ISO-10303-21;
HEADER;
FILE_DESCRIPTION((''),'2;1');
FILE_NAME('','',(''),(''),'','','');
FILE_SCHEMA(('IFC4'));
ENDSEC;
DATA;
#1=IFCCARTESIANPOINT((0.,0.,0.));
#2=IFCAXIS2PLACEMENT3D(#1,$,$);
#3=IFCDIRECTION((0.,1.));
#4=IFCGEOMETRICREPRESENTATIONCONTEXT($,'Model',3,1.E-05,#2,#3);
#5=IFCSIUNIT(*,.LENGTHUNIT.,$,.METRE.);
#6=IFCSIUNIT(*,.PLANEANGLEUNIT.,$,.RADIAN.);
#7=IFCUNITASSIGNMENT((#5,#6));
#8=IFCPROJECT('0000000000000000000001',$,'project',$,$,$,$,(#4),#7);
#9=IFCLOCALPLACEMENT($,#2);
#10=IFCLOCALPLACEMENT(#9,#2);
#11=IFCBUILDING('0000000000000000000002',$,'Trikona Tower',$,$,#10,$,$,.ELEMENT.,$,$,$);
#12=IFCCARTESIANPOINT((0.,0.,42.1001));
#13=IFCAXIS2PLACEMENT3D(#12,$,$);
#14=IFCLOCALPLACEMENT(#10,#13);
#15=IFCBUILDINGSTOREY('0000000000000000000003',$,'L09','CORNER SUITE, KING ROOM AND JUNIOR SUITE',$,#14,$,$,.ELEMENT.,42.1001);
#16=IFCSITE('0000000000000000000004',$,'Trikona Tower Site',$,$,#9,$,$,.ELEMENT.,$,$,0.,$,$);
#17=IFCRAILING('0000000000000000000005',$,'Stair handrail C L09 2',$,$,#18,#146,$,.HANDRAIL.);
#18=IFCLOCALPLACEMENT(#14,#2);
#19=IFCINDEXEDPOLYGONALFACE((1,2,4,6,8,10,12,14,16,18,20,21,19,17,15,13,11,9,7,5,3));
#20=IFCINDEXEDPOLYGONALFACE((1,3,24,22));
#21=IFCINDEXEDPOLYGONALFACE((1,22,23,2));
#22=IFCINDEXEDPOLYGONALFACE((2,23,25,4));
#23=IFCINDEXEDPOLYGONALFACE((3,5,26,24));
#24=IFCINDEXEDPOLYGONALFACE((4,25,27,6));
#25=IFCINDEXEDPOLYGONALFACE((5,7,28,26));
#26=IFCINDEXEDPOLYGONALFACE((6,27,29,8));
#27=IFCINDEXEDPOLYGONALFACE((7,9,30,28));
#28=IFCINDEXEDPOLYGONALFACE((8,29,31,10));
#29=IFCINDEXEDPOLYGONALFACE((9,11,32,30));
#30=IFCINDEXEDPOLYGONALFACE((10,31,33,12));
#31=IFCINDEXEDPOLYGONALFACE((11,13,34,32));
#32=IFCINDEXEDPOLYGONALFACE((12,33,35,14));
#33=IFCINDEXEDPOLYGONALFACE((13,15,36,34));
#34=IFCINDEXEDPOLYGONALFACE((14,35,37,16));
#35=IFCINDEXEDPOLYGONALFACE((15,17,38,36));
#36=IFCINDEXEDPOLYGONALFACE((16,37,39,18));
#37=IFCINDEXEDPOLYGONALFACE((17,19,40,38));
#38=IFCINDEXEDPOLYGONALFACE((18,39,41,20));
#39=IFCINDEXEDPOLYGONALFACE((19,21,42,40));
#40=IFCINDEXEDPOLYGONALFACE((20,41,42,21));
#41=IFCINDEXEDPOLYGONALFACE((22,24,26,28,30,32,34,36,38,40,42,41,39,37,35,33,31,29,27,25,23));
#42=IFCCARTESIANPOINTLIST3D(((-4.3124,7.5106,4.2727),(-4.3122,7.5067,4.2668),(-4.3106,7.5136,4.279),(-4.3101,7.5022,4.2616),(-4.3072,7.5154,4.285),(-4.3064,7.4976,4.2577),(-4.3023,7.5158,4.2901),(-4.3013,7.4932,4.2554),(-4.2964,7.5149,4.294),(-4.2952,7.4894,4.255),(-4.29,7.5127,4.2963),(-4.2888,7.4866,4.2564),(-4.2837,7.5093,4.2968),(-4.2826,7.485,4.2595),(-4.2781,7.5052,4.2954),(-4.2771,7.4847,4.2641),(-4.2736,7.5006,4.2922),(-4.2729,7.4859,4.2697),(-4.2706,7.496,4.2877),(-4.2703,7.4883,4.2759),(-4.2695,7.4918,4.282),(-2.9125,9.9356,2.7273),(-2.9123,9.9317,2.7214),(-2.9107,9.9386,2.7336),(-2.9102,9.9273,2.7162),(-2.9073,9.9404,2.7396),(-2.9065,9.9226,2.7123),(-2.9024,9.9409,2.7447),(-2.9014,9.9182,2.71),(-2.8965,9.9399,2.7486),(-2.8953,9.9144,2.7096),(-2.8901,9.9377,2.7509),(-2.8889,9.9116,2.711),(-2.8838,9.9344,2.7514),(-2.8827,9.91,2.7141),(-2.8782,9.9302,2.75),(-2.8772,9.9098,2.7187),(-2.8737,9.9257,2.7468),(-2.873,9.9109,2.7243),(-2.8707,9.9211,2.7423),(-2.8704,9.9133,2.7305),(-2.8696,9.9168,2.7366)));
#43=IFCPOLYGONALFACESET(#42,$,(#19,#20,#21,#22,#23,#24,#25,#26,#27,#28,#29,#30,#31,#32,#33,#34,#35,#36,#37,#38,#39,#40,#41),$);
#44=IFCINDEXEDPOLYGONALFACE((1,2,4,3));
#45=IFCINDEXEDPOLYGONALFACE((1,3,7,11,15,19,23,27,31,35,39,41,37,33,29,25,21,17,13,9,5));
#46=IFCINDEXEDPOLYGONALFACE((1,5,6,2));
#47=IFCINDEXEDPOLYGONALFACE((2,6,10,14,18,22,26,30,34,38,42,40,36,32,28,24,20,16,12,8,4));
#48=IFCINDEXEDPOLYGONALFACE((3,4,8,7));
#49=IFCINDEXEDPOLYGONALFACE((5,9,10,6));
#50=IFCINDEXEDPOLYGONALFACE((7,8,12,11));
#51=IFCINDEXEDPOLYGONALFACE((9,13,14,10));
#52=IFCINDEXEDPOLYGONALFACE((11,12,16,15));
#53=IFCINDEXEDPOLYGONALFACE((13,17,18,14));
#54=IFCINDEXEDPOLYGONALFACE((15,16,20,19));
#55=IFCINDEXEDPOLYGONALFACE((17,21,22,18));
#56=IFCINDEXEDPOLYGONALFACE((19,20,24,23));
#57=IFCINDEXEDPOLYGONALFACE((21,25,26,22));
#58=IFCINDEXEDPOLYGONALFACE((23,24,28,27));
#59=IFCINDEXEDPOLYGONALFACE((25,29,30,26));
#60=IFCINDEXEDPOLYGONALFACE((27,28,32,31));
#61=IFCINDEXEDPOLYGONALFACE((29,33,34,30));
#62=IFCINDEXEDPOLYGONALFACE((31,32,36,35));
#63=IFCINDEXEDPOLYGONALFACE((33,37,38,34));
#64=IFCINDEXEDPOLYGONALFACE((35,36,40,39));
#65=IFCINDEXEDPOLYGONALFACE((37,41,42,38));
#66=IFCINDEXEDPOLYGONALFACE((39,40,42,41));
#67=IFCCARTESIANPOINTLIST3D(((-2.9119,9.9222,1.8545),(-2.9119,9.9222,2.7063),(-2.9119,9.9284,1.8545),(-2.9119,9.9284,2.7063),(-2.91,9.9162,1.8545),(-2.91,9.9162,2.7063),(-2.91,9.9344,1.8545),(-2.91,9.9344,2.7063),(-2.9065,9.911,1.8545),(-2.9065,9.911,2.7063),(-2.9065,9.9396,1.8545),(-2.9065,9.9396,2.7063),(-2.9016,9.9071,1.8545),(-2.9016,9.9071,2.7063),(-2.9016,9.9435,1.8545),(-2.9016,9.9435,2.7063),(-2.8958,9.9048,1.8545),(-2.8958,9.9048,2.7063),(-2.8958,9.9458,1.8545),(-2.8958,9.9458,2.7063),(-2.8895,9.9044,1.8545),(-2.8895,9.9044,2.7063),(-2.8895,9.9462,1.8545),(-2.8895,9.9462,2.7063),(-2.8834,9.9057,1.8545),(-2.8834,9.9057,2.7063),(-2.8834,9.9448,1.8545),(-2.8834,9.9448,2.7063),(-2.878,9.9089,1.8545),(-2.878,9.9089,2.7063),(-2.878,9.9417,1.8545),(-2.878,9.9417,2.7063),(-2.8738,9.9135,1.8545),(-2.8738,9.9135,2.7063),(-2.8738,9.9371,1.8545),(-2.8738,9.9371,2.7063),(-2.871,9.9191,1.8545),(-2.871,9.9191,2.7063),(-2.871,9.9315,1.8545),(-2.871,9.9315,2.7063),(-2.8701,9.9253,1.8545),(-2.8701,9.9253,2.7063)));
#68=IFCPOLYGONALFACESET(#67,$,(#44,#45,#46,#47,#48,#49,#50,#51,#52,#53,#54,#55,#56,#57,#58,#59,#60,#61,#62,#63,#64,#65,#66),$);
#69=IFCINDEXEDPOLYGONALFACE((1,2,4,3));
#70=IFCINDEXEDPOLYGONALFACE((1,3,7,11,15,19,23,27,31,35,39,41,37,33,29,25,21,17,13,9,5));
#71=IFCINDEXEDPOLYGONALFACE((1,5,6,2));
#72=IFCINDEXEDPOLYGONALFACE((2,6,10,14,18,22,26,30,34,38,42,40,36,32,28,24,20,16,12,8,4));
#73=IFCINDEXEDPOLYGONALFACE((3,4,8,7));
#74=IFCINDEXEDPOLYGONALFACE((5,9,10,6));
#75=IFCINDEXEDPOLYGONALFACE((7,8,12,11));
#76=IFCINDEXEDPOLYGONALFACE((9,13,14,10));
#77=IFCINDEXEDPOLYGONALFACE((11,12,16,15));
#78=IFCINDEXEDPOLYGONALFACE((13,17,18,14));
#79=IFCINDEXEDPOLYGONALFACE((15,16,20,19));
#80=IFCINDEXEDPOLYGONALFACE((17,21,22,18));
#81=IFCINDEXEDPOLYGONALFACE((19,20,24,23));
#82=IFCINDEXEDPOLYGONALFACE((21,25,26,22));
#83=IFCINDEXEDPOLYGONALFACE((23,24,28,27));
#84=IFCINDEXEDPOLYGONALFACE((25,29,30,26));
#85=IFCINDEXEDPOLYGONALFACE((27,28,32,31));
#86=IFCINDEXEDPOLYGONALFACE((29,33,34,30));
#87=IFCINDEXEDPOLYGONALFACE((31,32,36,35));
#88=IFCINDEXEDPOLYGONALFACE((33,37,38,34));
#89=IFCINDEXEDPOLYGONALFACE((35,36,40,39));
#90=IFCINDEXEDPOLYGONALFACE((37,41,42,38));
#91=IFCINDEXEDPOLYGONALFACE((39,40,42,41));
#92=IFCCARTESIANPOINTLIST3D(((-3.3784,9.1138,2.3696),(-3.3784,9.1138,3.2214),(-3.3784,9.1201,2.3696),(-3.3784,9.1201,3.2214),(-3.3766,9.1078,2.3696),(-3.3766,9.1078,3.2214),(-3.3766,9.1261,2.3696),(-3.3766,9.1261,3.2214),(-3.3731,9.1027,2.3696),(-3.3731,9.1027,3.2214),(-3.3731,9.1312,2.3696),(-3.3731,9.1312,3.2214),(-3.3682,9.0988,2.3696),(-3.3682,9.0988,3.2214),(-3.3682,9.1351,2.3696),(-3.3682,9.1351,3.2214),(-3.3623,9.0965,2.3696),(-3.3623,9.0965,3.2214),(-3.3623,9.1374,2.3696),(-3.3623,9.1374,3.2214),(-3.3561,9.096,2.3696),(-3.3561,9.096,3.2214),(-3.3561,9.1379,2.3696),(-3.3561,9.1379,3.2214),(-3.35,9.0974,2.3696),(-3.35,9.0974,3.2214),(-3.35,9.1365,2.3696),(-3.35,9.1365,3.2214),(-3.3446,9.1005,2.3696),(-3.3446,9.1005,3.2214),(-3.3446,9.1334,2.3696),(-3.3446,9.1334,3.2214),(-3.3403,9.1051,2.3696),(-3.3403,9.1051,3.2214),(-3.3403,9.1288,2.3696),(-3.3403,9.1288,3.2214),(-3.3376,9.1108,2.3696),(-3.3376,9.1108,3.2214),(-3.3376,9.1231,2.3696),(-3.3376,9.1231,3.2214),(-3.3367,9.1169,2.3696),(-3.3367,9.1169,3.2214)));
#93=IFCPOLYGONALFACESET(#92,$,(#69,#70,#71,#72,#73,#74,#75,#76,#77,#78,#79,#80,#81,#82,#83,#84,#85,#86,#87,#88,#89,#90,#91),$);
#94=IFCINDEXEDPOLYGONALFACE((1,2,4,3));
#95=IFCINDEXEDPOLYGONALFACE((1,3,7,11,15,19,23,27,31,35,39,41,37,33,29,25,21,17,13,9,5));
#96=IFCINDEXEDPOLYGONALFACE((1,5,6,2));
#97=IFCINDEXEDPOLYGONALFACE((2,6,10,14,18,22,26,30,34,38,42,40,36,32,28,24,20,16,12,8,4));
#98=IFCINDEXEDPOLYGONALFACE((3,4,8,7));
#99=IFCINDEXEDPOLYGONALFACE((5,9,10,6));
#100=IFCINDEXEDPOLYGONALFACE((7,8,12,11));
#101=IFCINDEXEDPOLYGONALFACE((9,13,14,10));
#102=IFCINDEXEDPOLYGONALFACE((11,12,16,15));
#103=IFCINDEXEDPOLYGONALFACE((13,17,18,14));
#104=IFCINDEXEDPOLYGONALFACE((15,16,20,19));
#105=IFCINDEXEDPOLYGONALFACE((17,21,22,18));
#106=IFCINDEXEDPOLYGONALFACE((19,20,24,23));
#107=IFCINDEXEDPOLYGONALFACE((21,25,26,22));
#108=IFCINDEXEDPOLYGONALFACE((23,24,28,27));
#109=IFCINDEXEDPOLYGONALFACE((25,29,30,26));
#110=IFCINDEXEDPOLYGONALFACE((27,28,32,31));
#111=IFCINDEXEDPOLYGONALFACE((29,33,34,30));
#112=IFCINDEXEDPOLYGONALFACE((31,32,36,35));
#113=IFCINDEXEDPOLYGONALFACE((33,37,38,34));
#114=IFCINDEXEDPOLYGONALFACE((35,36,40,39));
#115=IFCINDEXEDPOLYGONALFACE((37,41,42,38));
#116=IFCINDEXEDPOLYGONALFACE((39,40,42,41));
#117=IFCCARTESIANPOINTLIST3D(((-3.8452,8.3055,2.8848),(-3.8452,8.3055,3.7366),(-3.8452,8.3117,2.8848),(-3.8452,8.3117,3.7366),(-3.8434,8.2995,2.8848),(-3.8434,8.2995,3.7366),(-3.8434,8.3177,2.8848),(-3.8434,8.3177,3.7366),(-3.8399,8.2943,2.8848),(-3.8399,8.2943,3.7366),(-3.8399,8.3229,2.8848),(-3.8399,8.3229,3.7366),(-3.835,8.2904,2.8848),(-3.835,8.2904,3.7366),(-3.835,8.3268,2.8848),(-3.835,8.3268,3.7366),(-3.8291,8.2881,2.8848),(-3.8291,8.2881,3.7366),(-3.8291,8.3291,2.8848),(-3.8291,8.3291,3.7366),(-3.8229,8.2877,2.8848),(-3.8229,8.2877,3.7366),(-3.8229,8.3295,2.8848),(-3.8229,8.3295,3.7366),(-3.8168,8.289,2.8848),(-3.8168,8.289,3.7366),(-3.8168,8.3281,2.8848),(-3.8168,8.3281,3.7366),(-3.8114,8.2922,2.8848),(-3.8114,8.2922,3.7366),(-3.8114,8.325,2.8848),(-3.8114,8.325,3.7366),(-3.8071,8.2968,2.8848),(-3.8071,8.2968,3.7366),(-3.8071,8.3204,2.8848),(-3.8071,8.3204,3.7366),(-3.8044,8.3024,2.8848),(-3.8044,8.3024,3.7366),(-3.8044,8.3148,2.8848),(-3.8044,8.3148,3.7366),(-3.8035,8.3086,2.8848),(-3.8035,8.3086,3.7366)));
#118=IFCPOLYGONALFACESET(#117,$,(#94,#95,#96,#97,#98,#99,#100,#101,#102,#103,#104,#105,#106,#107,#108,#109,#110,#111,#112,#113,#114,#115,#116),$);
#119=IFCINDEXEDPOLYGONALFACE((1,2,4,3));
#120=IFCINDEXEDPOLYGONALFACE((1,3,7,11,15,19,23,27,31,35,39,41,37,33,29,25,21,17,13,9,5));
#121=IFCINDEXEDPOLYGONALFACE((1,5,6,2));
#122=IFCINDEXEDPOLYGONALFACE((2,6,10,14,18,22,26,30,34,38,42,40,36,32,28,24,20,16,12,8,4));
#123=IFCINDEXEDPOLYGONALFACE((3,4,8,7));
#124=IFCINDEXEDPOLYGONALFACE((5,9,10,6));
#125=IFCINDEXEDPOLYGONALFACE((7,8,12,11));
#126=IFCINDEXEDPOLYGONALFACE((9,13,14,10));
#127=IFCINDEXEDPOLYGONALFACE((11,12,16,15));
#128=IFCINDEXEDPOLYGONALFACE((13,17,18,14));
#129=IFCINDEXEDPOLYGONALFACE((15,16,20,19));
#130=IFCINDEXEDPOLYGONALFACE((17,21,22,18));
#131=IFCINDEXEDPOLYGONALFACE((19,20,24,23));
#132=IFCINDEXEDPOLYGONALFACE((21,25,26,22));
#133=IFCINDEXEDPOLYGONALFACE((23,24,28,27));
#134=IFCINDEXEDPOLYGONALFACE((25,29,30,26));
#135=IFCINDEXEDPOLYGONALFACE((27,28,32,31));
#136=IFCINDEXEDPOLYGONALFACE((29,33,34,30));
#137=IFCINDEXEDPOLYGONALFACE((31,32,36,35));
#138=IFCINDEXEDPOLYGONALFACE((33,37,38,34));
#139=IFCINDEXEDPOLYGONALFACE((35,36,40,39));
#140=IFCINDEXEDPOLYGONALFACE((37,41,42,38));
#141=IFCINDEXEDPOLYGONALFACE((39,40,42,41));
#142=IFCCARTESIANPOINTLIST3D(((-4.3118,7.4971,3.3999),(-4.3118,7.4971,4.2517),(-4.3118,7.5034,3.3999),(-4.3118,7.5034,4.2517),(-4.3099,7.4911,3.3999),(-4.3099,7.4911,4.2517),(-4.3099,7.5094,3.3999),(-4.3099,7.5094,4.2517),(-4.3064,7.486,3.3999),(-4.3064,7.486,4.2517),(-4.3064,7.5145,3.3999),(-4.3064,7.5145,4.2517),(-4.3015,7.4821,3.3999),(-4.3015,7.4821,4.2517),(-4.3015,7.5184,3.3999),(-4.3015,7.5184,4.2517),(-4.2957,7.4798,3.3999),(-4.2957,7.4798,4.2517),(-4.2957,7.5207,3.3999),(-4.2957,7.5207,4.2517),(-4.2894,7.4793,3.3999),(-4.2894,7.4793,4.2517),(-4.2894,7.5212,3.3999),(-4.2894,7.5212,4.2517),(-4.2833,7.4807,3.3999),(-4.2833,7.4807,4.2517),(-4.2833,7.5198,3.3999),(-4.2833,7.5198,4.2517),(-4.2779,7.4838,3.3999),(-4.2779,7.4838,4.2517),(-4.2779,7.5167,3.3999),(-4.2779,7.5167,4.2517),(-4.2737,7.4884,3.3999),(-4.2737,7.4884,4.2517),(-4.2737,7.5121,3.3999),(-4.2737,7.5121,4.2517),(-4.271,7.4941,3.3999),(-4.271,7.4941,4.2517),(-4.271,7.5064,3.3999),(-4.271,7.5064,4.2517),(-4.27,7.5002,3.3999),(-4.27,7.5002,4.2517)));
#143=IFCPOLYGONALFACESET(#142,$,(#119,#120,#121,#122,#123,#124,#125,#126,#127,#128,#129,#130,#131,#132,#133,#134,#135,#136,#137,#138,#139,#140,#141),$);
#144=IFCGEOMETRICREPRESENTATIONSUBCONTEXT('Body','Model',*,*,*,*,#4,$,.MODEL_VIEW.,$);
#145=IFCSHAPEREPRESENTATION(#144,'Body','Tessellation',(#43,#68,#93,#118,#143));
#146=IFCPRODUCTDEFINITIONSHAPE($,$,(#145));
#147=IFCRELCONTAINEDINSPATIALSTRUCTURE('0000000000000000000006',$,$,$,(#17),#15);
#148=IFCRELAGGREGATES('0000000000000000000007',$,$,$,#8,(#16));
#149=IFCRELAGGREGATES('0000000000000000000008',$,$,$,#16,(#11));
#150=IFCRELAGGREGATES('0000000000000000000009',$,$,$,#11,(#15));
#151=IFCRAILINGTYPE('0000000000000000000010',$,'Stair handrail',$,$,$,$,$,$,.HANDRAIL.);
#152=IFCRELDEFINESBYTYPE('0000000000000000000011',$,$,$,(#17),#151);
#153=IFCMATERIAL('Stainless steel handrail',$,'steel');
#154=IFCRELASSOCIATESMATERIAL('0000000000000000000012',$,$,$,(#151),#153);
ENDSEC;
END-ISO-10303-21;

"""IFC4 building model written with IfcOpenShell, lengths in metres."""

from ifc_helpers import new_model, si_unit, direction, frame, origin, origin_2d, place, context, subcontext, project, spatial, circle, extrude, material, type_object, element, save


model = new_model("IFC4")

# Units and contexts
model_context = context("Model", 3, precision=1e-05, world=origin(), true_north=direction((0.0, 1.0)))
body_context = subcontext(model_context, "Body", "Model", "MODEL_VIEW")
ifc_project = project(units=[si_unit("LENGTHUNIT", "METRE"), si_unit("PLANEANGLEUNIT", "RADIAN")], contexts=[model_context])

# Site, building, storey
site_placement = place(None, origin())
site = spatial("IfcSite", under=ifc_project, at=site_placement, Name="Trikona Tower Site", CompositionType="ELEMENT", RefElevation=0.0)
building_placement = place(site_placement, origin())
building = spatial("IfcBuilding", under=site, at=building_placement, Name="Trikona Tower", CompositionType="ELEMENT")
storey_placement = place(building_placement, frame((0.0, 0.0, 42.1001)))
storey = spatial("IfcBuildingStorey", under=building, at=storey_placement, Name="L09", Description="CORNER SUITE, KING ROOM AND JUNIOR SUITE", CompositionType="ELEMENT", Elevation=42.1001)

# Railing
ifc_material_1 = material(Name="Stainless steel handrail", Category="steel")
railing_type = type_object("IfcRailingType", Name="Stair handrail", PredefinedType="HANDRAIL", material=ifc_material_1)
railing_1_placement = place(storey_placement, frame((-2.8911, 9.9253, 1.8545)))
element("IfcRailing", 1, at=railing_1_placement, inside=storey, type_object=railing_type, Name="Stair handrail C L09 2", PredefinedType="HANDRAIL", context=body_context, shape_type="SweptSolid", body=[
    extrude(circle(Radius=0.0239, at=origin_2d()), frame((0.0, 0.0, 0.876), z_axis=(-0.437707, -0.75824, 0.483203), x_axis=(0.866056, -0.499946, 0.0)), (0.0, 0.0, 1.0), 3.1982),
    extrude(circle(Radius=0.021, at=origin_2d()), origin(), (0.0, 0.0, 1.0), 0.8518),
    extrude(circle(Radius=0.021, at=origin_2d()), frame((-0.4666, -0.8083, 0.5151)), (0.0, 0.0, 1.0), 0.8518),
    extrude(circle(Radius=0.021, at=origin_2d()), frame((-0.9333, -1.6167, 1.0303)), (0.0, 0.0, 1.0), 0.8518),
    extrude(circle(Radius=0.021, at=origin_2d()), frame((-1.3999, -2.425, 1.5454)), (0.0, 0.0, 1.0), 0.8518),
])

save(model, "model.ifc")
